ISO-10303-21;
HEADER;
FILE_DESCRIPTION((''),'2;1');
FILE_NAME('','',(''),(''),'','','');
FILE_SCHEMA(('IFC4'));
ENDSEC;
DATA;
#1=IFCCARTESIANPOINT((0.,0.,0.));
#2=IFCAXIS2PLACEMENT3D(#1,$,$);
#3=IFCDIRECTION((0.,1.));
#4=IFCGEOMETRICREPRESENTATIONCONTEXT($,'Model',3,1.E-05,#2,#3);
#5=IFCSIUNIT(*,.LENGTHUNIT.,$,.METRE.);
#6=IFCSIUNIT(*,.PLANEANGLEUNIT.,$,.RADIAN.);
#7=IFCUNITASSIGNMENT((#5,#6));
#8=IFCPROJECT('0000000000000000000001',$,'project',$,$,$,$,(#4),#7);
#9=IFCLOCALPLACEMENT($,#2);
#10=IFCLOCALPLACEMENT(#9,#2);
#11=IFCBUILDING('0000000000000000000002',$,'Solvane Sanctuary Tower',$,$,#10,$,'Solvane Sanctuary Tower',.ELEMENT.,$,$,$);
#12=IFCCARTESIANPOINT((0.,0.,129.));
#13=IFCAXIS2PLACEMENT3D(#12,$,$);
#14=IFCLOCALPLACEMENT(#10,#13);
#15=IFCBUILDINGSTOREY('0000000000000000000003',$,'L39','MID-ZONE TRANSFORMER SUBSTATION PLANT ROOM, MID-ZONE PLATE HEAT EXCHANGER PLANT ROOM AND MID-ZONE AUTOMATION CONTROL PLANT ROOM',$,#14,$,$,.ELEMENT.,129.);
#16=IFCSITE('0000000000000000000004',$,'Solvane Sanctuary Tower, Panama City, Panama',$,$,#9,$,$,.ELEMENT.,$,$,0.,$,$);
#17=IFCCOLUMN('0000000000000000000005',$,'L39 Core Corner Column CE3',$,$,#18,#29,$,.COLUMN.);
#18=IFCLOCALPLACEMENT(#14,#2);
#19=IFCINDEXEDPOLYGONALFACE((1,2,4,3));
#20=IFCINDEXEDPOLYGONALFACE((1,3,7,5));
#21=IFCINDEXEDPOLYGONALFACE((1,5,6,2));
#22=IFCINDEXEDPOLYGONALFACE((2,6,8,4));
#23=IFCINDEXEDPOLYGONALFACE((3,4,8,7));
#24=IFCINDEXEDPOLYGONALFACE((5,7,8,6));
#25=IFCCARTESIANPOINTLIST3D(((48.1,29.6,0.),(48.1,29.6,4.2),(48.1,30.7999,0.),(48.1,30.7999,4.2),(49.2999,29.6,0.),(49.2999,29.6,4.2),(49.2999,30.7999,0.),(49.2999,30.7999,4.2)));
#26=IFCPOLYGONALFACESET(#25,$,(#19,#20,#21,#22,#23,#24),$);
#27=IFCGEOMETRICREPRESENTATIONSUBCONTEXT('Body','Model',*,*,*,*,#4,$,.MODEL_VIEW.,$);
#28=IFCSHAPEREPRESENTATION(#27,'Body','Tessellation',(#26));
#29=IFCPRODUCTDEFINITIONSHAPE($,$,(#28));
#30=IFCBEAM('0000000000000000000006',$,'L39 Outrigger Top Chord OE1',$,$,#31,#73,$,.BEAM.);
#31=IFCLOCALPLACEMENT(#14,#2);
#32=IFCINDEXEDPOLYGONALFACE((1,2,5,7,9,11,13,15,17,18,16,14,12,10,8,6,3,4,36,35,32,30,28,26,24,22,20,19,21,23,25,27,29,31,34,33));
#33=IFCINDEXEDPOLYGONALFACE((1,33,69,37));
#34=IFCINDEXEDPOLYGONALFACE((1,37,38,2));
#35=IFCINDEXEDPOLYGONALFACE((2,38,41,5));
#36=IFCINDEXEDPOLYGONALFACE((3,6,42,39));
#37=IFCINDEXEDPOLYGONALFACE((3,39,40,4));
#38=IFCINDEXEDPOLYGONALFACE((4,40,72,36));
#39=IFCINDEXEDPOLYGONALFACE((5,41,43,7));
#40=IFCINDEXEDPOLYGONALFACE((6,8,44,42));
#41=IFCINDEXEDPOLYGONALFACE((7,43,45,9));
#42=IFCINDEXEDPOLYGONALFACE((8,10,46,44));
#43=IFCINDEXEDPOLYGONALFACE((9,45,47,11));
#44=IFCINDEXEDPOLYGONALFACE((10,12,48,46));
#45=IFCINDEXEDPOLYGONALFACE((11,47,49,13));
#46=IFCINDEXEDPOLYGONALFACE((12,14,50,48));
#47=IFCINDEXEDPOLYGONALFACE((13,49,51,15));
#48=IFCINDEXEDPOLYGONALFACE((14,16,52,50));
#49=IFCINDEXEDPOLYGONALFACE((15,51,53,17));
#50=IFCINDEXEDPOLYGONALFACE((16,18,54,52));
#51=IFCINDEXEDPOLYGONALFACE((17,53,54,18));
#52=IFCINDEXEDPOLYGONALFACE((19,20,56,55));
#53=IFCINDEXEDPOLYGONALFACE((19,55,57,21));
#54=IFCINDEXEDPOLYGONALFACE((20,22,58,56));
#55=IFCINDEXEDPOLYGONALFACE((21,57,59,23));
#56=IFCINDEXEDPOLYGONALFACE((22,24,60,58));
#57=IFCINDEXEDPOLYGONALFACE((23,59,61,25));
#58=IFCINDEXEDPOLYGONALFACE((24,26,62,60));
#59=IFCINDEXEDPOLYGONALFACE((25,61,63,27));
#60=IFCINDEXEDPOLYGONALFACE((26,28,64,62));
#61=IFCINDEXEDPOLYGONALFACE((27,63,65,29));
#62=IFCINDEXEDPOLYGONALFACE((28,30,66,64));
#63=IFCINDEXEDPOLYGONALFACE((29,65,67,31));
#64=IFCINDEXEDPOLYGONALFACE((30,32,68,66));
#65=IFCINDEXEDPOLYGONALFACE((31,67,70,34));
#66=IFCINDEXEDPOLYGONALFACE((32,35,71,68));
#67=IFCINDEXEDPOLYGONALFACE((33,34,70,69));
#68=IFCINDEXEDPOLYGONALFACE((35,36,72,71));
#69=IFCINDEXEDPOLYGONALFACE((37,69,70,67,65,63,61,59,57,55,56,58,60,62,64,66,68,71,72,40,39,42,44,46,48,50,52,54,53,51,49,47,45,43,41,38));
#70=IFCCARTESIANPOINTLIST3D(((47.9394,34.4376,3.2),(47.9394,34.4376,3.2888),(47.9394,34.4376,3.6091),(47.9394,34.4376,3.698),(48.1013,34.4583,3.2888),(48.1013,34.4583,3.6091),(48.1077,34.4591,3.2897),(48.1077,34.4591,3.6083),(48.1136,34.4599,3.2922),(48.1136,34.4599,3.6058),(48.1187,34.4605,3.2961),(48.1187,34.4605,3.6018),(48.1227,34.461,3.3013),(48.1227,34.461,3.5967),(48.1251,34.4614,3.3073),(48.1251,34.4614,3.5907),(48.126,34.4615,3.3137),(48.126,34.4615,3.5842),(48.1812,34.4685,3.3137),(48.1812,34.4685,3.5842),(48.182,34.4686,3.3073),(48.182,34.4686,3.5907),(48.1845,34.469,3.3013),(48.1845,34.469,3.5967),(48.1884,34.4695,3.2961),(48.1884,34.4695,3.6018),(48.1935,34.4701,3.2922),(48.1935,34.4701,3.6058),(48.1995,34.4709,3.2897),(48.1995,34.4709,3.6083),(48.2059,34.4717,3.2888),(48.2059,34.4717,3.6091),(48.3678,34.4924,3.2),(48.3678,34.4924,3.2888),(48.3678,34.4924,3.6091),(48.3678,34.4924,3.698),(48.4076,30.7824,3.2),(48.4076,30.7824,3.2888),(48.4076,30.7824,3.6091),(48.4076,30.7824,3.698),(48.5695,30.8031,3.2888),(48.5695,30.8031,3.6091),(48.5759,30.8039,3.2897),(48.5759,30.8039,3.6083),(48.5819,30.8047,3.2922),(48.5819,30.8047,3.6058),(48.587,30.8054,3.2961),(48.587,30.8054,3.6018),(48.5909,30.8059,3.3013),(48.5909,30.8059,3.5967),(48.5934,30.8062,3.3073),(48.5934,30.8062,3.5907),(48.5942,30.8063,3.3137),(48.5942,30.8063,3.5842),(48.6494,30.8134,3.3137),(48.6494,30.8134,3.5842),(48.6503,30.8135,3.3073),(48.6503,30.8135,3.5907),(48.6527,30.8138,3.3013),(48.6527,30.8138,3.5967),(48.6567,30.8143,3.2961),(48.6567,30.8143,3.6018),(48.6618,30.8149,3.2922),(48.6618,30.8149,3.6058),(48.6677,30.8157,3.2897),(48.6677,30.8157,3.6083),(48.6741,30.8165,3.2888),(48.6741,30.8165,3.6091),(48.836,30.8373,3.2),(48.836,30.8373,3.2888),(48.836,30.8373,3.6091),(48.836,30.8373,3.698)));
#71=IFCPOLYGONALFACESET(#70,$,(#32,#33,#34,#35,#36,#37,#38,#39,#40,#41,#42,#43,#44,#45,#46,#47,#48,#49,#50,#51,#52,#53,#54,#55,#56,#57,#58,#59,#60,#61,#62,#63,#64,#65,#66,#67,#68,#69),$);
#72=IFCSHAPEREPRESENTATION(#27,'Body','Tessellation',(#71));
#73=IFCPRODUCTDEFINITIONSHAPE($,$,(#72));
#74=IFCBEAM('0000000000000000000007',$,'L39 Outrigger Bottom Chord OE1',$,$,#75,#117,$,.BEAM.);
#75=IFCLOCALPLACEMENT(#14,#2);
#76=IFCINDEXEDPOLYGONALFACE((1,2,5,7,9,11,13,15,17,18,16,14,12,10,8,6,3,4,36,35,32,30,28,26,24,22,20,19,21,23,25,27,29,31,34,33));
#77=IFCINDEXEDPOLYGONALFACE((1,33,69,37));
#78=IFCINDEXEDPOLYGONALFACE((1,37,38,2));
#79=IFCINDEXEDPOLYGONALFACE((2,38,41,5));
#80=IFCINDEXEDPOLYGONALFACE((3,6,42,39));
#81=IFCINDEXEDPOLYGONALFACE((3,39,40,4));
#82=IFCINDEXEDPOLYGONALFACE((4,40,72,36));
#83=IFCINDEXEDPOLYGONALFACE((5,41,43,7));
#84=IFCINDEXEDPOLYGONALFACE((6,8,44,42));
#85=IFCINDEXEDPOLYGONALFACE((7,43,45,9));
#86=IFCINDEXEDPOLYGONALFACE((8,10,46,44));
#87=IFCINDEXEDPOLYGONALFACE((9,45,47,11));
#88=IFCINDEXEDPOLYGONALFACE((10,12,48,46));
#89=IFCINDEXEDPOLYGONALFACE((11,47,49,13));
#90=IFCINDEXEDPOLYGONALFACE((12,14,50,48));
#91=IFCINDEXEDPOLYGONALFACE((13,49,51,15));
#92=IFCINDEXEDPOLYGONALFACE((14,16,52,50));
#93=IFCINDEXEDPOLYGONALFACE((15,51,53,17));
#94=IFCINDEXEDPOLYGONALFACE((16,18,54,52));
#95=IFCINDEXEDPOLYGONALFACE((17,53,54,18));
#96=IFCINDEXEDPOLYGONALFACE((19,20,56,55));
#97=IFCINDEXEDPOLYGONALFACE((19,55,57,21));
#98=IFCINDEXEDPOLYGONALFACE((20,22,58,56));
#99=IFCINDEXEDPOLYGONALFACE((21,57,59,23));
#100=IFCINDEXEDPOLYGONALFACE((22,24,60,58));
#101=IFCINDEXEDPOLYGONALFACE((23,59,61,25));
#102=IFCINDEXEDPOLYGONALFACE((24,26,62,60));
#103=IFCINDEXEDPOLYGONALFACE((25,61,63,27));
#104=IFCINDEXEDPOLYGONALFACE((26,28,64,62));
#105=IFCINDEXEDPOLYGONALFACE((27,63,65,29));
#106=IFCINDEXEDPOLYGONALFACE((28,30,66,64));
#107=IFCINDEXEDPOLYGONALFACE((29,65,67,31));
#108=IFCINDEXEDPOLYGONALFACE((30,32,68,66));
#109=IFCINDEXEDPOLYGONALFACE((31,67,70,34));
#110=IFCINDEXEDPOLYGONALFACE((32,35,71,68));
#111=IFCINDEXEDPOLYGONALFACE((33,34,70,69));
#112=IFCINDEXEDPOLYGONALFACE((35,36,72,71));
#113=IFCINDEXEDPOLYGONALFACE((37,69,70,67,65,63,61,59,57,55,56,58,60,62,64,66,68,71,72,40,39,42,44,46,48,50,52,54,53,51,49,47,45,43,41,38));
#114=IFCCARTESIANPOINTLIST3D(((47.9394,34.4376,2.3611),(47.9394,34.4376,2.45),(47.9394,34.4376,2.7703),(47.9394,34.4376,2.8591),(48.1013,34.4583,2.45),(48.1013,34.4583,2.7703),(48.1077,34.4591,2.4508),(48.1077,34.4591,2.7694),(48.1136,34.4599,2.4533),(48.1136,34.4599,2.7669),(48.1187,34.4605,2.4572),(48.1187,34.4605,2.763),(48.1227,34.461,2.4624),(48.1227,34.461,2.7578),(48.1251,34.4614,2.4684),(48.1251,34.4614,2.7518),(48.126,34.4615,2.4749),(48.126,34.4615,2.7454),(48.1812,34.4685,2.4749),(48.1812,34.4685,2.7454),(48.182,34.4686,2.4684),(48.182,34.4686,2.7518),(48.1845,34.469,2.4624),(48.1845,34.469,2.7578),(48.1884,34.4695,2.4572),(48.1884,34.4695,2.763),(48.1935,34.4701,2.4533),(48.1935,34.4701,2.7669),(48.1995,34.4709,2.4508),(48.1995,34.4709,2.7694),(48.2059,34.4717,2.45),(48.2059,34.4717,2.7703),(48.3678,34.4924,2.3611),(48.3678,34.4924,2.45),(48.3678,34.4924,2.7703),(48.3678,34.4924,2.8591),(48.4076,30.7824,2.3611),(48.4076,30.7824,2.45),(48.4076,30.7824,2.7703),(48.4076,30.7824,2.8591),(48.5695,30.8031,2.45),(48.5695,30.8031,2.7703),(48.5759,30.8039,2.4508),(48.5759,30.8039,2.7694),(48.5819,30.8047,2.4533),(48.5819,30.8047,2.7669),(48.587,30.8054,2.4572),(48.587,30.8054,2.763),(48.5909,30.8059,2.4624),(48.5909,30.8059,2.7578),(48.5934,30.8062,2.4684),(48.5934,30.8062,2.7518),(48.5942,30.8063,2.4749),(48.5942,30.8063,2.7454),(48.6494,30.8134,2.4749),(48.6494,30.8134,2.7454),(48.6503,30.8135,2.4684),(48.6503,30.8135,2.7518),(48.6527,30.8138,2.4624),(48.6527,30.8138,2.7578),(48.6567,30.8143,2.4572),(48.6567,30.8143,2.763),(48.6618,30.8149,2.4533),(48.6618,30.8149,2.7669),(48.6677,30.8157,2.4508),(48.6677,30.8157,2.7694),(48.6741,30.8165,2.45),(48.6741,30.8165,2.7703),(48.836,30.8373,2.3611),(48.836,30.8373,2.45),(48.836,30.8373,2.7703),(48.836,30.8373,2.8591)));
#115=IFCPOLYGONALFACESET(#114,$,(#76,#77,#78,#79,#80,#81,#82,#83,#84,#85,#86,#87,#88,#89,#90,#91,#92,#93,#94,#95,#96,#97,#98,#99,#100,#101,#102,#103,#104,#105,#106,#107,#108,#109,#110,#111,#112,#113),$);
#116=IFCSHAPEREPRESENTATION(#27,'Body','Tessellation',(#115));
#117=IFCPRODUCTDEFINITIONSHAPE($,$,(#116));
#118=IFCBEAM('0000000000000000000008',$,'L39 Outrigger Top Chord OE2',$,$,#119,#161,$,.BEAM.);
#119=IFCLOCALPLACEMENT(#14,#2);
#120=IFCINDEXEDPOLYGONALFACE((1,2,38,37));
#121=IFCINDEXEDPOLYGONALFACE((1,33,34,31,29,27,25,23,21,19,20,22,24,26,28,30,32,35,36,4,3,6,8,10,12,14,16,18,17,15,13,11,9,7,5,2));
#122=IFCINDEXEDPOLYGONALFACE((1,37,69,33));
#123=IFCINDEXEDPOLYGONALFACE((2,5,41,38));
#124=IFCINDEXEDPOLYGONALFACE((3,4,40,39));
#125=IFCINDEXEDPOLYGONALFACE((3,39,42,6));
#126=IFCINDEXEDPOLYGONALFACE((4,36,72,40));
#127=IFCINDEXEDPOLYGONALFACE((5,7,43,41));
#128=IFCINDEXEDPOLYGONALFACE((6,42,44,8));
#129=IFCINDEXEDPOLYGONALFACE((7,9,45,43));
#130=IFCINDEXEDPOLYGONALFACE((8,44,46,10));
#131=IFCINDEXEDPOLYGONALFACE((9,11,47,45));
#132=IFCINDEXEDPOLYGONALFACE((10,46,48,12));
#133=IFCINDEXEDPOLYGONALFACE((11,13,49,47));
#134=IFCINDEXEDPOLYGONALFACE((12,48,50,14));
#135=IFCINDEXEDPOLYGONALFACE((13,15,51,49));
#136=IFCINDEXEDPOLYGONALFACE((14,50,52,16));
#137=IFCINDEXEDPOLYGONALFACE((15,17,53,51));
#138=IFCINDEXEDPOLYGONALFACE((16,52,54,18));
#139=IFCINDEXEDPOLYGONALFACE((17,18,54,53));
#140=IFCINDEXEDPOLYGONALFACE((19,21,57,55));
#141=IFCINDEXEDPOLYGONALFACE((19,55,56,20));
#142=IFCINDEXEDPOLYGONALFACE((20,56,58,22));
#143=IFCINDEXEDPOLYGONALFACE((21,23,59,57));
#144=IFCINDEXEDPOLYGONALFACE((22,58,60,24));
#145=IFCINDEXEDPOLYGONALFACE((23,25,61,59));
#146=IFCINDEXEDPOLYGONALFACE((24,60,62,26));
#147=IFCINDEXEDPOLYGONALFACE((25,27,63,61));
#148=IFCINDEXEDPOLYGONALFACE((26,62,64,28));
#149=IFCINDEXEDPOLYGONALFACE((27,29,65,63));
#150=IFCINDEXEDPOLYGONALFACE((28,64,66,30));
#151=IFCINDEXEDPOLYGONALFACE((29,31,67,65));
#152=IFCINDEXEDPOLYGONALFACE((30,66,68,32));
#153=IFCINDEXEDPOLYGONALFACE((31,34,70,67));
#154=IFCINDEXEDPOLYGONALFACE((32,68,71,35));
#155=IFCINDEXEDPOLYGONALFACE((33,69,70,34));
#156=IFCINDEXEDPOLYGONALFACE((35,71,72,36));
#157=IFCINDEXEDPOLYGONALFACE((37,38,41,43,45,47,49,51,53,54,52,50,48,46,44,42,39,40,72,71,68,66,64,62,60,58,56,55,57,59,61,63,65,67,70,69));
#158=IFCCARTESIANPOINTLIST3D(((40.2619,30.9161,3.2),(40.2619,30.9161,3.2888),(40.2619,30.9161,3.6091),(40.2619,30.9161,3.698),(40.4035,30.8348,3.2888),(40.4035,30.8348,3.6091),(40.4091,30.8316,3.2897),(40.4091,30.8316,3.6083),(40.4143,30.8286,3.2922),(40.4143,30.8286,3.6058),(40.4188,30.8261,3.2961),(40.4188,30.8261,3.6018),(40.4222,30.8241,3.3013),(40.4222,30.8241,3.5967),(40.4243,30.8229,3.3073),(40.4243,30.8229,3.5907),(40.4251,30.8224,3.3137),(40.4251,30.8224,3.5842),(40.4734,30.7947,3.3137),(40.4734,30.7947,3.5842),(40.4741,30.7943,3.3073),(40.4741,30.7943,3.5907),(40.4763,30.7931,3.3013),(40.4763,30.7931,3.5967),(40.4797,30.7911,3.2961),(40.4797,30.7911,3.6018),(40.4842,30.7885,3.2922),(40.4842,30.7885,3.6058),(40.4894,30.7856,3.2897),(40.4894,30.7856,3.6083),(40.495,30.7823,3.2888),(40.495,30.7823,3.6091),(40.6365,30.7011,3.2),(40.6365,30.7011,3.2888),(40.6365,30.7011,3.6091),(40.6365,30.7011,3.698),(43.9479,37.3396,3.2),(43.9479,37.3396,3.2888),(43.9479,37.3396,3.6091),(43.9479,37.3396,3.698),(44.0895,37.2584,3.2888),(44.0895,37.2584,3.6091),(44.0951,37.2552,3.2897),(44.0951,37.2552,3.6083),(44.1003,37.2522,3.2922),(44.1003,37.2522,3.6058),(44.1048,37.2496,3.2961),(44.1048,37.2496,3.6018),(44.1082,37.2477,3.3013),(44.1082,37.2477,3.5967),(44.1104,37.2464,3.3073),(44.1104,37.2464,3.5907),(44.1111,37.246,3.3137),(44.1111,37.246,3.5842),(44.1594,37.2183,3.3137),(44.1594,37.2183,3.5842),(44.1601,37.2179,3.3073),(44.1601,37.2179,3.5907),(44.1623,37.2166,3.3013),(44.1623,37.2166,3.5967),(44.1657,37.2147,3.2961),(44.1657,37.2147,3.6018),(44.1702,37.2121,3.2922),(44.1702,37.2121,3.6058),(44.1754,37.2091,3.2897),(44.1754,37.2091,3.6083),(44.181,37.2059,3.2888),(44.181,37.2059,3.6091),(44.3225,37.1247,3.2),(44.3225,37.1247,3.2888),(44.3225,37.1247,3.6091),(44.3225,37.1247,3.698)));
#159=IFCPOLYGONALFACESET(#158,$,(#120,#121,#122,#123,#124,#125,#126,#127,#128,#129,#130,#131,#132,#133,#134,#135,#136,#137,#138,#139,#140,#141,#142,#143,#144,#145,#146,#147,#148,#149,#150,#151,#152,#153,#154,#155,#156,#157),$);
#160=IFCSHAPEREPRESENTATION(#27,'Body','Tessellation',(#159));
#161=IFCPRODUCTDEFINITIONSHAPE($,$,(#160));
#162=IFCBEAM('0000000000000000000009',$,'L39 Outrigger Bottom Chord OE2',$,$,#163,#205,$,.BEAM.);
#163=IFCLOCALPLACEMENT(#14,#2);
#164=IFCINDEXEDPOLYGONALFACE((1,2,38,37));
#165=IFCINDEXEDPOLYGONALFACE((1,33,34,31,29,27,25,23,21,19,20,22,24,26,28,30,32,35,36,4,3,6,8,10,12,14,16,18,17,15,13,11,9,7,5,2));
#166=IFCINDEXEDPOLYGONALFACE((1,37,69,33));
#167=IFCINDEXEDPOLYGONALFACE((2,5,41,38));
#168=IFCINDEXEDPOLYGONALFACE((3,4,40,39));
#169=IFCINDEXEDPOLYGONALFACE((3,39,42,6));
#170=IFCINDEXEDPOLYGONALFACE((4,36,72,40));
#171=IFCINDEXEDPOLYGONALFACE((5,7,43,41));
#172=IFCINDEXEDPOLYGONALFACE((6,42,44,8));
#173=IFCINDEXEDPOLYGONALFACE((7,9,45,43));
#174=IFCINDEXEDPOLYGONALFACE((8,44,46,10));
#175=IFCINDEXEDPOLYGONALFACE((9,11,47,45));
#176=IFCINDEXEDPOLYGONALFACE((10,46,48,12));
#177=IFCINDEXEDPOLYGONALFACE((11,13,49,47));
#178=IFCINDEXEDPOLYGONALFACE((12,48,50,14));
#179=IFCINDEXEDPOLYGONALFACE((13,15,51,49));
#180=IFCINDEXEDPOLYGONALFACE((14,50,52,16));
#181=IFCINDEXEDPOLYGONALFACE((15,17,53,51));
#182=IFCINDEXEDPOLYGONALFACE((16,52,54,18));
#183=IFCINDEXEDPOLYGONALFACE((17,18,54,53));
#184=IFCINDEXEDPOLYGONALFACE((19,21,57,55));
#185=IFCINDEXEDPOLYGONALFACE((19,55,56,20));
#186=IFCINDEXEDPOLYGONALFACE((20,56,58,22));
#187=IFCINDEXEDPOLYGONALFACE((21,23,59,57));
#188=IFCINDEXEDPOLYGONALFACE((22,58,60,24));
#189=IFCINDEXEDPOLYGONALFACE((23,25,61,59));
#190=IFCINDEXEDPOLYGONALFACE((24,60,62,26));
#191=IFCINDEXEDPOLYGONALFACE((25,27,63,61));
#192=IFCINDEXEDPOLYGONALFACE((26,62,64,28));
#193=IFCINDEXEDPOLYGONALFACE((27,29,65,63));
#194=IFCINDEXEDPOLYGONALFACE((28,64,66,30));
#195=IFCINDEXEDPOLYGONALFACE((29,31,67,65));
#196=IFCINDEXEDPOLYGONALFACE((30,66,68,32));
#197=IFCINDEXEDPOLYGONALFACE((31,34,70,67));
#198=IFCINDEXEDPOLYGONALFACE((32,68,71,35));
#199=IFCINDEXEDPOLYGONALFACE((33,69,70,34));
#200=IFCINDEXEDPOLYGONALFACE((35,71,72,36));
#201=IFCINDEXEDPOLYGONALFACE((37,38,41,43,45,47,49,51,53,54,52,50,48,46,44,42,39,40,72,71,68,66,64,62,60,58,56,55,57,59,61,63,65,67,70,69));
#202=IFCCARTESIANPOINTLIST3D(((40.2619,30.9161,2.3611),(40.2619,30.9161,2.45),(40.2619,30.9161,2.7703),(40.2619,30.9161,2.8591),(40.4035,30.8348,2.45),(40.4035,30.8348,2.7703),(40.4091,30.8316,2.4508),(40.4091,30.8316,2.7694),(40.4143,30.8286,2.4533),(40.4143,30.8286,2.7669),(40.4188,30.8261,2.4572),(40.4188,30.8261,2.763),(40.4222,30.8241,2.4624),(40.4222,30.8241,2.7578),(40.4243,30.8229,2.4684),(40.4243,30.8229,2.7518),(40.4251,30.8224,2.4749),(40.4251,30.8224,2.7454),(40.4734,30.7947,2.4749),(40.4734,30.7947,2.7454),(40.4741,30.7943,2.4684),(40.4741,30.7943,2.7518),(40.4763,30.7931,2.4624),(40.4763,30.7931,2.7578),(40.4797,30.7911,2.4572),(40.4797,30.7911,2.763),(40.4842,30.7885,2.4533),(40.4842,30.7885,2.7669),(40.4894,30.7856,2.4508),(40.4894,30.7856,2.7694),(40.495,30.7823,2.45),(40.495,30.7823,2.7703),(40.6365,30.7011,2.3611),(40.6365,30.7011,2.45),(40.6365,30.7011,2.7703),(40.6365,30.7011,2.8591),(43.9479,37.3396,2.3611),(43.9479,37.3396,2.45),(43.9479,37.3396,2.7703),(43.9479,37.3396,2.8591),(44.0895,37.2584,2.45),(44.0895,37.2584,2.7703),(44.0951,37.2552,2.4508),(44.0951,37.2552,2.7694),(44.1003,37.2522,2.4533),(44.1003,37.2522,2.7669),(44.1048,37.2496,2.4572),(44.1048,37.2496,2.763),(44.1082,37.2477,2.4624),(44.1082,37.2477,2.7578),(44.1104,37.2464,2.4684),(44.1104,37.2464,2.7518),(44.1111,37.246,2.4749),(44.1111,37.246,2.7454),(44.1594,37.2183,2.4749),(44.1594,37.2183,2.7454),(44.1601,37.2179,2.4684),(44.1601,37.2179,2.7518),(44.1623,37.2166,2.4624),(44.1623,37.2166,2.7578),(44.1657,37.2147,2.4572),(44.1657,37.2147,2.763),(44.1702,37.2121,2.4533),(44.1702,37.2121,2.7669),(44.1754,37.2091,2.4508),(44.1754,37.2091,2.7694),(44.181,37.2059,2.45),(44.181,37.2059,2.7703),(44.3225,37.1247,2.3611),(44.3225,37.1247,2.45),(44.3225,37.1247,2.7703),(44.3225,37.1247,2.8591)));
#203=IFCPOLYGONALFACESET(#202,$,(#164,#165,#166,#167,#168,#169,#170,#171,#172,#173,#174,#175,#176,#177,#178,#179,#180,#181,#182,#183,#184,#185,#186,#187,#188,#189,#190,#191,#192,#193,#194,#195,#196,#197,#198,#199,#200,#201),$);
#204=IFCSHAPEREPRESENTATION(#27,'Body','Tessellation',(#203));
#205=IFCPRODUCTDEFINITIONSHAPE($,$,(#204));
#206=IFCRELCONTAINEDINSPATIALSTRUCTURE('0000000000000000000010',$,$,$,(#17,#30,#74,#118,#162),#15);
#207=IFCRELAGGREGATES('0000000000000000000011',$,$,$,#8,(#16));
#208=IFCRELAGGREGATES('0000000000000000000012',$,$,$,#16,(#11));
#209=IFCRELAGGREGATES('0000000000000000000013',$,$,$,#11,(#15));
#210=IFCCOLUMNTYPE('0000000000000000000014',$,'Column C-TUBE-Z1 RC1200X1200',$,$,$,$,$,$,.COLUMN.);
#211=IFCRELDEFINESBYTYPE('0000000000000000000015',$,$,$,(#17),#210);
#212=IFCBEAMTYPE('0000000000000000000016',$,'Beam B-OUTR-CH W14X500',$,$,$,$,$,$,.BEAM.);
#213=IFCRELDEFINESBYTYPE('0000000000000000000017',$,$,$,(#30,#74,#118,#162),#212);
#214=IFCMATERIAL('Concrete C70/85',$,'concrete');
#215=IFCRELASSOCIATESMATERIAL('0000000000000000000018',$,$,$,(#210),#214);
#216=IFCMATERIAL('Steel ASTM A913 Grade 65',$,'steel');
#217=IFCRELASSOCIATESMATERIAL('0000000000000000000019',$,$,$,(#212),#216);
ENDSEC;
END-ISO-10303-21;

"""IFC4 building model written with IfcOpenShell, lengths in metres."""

from ifc_helpers import new_model, si_unit, direction, frame, origin, origin_2d, place, context, subcontext, project, spatial, rectangle, i_section, extrude, material, material_profile, profile_set, type_object, element, save


model = new_model("IFC4")

# Units and contexts
model_context = context("Model", 3, precision=1e-05, world=origin(), true_north=direction((0.0, 1.0)))
body_context = subcontext(model_context, "Body", "Model", "MODEL_VIEW")
ifc_project = project(units=[si_unit("LENGTHUNIT", "METRE"), si_unit("PLANEANGLEUNIT", "RADIAN")], contexts=[model_context])

# Site, building, storey
site_placement = place(None, origin())
site = spatial("IfcSite", under=ifc_project, at=site_placement, Name="Solvane Sanctuary Tower, Panama City, Panama", CompositionType="ELEMENT", RefElevation=0.0)
building_placement = place(site_placement, origin())
building = spatial("IfcBuilding", under=site, at=building_placement, Name="Solvane Sanctuary Tower", LongName="Solvane Sanctuary Tower", CompositionType="ELEMENT")
storey_placement = place(building_placement, frame((0.0, 0.0, 129.0)))
storey = spatial("IfcBuildingStorey", under=building, at=storey_placement, Name="L39", Description="MID-ZONE TRANSFORMER SUBSTATION PLANT ROOM, MID-ZONE PLATE HEAT EXCHANGER PLANT ROOM AND MID-ZONE AUTOMATION CONTROL PLANT ROOM", CompositionType="ELEMENT", Elevation=129.0)

# Column
ifc_material_1 = material(Name="Concrete C70/85", Category="concrete")
ifc_material_profile_1 = material_profile(ifc_material_1, rectangle(XDim=1.2, YDim=1.2, at=origin_2d()), Name="RC1200X1200")
ifc_profile_set_1 = profile_set([ifc_material_profile_1], Name="Concrete C70/85")
column_type = type_object("IfcColumnType", Name="Column C-TUBE-Z1 RC1200X1200", PredefinedType="COLUMN", material=ifc_profile_set_1)
column_placement = place(storey_placement, frame((48.7, 30.2, 0.0), z_axis=(0.0, 0.0, 1.0), x_axis=(1.0, 0.0, 0.0)))
element("IfcColumn", 1, at=column_placement, inside=storey, type_object=column_type, Name="L39 Core Corner Column CE3", PredefinedType="COLUMN", context=body_context, shape_type="SweptSolid", body=[
    extrude(rectangle(XDim=1.2, YDim=1.2, at=origin_2d()), origin(), (0.0, 0.0, 1.0), 4.2),
])

# Beams
ifc_material_2 = material(Name="Steel ASTM A913 Grade 65", Category="steel")
ifc_material_profile_2 = material_profile(ifc_material_2, i_section(OverallWidth=0.4319, OverallDepth=0.498, WebThickness=0.0557, FlangeThickness=0.0889, FilletRadius=0.0249, at=origin_2d()), Name="W14X500")
ifc_profile_set_2 = profile_set([ifc_material_profile_2], Name="Steel ASTM A913 Grade 65")
beam_type = type_object("IfcBeamType", Name="Beam B-OUTR-CH W14X500", PredefinedType="BEAM", material=ifc_profile_set_2)
for number, where, z_axis, x_axis, name in (
    (2, (48.6218, 30.8098, 3.449), (-0.127067, 0.991894, 0.0), (-0.991894, -0.127067, 0.0), "L39 Outrigger Top Chord OE1"),
    (3, (48.6218, 30.8098, 2.6101), (-0.127067, 0.991894, 0.0), (-0.991894, -0.127067, 0.0), "L39 Outrigger Bottom Chord OE1"),
):
    element("IfcBeam", number, at=place(storey_placement, frame(where, z_axis=z_axis, x_axis=x_axis)), inside=storey, type_object=beam_type, Name=name, PredefinedType="BEAM", context=body_context, shape_type="SweptSolid", body=[
        extrude(i_section(OverallWidth=0.4319, OverallDepth=0.498, WebThickness=0.0557, FlangeThickness=0.0889, FilletRadius=0.0249, at=origin_2d()), origin(), (0.0, 0.0, 1.0), 3.6851),
    ])
for number, where, z_axis, x_axis, name in (
    (4, (40.4492, 30.8086, 3.449), (0.497707, 0.867345, 0.0), (-0.867345, 0.497707, 0.0), "L39 Outrigger Top Chord OE2"),
    (5, (40.4492, 30.8086, 2.6101), (0.497707, 0.867345, 0.0), (-0.867345, 0.497707, 0.0), "L39 Outrigger Bottom Chord OE2"),
):
    element("IfcBeam", number, at=place(storey_placement, frame(where, z_axis=z_axis, x_axis=x_axis)), inside=storey, type_object=beam_type, Name=name, PredefinedType="BEAM", context=body_context, shape_type="SweptSolid", body=[
        extrude(i_section(OverallWidth=0.4319, OverallDepth=0.498, WebThickness=0.0557, FlangeThickness=0.0889, FilletRadius=0.0249, at=origin_2d()), origin(), (0.0, 0.0, 1.0), 7.406),
    ])

save(model, "model.ifc")
